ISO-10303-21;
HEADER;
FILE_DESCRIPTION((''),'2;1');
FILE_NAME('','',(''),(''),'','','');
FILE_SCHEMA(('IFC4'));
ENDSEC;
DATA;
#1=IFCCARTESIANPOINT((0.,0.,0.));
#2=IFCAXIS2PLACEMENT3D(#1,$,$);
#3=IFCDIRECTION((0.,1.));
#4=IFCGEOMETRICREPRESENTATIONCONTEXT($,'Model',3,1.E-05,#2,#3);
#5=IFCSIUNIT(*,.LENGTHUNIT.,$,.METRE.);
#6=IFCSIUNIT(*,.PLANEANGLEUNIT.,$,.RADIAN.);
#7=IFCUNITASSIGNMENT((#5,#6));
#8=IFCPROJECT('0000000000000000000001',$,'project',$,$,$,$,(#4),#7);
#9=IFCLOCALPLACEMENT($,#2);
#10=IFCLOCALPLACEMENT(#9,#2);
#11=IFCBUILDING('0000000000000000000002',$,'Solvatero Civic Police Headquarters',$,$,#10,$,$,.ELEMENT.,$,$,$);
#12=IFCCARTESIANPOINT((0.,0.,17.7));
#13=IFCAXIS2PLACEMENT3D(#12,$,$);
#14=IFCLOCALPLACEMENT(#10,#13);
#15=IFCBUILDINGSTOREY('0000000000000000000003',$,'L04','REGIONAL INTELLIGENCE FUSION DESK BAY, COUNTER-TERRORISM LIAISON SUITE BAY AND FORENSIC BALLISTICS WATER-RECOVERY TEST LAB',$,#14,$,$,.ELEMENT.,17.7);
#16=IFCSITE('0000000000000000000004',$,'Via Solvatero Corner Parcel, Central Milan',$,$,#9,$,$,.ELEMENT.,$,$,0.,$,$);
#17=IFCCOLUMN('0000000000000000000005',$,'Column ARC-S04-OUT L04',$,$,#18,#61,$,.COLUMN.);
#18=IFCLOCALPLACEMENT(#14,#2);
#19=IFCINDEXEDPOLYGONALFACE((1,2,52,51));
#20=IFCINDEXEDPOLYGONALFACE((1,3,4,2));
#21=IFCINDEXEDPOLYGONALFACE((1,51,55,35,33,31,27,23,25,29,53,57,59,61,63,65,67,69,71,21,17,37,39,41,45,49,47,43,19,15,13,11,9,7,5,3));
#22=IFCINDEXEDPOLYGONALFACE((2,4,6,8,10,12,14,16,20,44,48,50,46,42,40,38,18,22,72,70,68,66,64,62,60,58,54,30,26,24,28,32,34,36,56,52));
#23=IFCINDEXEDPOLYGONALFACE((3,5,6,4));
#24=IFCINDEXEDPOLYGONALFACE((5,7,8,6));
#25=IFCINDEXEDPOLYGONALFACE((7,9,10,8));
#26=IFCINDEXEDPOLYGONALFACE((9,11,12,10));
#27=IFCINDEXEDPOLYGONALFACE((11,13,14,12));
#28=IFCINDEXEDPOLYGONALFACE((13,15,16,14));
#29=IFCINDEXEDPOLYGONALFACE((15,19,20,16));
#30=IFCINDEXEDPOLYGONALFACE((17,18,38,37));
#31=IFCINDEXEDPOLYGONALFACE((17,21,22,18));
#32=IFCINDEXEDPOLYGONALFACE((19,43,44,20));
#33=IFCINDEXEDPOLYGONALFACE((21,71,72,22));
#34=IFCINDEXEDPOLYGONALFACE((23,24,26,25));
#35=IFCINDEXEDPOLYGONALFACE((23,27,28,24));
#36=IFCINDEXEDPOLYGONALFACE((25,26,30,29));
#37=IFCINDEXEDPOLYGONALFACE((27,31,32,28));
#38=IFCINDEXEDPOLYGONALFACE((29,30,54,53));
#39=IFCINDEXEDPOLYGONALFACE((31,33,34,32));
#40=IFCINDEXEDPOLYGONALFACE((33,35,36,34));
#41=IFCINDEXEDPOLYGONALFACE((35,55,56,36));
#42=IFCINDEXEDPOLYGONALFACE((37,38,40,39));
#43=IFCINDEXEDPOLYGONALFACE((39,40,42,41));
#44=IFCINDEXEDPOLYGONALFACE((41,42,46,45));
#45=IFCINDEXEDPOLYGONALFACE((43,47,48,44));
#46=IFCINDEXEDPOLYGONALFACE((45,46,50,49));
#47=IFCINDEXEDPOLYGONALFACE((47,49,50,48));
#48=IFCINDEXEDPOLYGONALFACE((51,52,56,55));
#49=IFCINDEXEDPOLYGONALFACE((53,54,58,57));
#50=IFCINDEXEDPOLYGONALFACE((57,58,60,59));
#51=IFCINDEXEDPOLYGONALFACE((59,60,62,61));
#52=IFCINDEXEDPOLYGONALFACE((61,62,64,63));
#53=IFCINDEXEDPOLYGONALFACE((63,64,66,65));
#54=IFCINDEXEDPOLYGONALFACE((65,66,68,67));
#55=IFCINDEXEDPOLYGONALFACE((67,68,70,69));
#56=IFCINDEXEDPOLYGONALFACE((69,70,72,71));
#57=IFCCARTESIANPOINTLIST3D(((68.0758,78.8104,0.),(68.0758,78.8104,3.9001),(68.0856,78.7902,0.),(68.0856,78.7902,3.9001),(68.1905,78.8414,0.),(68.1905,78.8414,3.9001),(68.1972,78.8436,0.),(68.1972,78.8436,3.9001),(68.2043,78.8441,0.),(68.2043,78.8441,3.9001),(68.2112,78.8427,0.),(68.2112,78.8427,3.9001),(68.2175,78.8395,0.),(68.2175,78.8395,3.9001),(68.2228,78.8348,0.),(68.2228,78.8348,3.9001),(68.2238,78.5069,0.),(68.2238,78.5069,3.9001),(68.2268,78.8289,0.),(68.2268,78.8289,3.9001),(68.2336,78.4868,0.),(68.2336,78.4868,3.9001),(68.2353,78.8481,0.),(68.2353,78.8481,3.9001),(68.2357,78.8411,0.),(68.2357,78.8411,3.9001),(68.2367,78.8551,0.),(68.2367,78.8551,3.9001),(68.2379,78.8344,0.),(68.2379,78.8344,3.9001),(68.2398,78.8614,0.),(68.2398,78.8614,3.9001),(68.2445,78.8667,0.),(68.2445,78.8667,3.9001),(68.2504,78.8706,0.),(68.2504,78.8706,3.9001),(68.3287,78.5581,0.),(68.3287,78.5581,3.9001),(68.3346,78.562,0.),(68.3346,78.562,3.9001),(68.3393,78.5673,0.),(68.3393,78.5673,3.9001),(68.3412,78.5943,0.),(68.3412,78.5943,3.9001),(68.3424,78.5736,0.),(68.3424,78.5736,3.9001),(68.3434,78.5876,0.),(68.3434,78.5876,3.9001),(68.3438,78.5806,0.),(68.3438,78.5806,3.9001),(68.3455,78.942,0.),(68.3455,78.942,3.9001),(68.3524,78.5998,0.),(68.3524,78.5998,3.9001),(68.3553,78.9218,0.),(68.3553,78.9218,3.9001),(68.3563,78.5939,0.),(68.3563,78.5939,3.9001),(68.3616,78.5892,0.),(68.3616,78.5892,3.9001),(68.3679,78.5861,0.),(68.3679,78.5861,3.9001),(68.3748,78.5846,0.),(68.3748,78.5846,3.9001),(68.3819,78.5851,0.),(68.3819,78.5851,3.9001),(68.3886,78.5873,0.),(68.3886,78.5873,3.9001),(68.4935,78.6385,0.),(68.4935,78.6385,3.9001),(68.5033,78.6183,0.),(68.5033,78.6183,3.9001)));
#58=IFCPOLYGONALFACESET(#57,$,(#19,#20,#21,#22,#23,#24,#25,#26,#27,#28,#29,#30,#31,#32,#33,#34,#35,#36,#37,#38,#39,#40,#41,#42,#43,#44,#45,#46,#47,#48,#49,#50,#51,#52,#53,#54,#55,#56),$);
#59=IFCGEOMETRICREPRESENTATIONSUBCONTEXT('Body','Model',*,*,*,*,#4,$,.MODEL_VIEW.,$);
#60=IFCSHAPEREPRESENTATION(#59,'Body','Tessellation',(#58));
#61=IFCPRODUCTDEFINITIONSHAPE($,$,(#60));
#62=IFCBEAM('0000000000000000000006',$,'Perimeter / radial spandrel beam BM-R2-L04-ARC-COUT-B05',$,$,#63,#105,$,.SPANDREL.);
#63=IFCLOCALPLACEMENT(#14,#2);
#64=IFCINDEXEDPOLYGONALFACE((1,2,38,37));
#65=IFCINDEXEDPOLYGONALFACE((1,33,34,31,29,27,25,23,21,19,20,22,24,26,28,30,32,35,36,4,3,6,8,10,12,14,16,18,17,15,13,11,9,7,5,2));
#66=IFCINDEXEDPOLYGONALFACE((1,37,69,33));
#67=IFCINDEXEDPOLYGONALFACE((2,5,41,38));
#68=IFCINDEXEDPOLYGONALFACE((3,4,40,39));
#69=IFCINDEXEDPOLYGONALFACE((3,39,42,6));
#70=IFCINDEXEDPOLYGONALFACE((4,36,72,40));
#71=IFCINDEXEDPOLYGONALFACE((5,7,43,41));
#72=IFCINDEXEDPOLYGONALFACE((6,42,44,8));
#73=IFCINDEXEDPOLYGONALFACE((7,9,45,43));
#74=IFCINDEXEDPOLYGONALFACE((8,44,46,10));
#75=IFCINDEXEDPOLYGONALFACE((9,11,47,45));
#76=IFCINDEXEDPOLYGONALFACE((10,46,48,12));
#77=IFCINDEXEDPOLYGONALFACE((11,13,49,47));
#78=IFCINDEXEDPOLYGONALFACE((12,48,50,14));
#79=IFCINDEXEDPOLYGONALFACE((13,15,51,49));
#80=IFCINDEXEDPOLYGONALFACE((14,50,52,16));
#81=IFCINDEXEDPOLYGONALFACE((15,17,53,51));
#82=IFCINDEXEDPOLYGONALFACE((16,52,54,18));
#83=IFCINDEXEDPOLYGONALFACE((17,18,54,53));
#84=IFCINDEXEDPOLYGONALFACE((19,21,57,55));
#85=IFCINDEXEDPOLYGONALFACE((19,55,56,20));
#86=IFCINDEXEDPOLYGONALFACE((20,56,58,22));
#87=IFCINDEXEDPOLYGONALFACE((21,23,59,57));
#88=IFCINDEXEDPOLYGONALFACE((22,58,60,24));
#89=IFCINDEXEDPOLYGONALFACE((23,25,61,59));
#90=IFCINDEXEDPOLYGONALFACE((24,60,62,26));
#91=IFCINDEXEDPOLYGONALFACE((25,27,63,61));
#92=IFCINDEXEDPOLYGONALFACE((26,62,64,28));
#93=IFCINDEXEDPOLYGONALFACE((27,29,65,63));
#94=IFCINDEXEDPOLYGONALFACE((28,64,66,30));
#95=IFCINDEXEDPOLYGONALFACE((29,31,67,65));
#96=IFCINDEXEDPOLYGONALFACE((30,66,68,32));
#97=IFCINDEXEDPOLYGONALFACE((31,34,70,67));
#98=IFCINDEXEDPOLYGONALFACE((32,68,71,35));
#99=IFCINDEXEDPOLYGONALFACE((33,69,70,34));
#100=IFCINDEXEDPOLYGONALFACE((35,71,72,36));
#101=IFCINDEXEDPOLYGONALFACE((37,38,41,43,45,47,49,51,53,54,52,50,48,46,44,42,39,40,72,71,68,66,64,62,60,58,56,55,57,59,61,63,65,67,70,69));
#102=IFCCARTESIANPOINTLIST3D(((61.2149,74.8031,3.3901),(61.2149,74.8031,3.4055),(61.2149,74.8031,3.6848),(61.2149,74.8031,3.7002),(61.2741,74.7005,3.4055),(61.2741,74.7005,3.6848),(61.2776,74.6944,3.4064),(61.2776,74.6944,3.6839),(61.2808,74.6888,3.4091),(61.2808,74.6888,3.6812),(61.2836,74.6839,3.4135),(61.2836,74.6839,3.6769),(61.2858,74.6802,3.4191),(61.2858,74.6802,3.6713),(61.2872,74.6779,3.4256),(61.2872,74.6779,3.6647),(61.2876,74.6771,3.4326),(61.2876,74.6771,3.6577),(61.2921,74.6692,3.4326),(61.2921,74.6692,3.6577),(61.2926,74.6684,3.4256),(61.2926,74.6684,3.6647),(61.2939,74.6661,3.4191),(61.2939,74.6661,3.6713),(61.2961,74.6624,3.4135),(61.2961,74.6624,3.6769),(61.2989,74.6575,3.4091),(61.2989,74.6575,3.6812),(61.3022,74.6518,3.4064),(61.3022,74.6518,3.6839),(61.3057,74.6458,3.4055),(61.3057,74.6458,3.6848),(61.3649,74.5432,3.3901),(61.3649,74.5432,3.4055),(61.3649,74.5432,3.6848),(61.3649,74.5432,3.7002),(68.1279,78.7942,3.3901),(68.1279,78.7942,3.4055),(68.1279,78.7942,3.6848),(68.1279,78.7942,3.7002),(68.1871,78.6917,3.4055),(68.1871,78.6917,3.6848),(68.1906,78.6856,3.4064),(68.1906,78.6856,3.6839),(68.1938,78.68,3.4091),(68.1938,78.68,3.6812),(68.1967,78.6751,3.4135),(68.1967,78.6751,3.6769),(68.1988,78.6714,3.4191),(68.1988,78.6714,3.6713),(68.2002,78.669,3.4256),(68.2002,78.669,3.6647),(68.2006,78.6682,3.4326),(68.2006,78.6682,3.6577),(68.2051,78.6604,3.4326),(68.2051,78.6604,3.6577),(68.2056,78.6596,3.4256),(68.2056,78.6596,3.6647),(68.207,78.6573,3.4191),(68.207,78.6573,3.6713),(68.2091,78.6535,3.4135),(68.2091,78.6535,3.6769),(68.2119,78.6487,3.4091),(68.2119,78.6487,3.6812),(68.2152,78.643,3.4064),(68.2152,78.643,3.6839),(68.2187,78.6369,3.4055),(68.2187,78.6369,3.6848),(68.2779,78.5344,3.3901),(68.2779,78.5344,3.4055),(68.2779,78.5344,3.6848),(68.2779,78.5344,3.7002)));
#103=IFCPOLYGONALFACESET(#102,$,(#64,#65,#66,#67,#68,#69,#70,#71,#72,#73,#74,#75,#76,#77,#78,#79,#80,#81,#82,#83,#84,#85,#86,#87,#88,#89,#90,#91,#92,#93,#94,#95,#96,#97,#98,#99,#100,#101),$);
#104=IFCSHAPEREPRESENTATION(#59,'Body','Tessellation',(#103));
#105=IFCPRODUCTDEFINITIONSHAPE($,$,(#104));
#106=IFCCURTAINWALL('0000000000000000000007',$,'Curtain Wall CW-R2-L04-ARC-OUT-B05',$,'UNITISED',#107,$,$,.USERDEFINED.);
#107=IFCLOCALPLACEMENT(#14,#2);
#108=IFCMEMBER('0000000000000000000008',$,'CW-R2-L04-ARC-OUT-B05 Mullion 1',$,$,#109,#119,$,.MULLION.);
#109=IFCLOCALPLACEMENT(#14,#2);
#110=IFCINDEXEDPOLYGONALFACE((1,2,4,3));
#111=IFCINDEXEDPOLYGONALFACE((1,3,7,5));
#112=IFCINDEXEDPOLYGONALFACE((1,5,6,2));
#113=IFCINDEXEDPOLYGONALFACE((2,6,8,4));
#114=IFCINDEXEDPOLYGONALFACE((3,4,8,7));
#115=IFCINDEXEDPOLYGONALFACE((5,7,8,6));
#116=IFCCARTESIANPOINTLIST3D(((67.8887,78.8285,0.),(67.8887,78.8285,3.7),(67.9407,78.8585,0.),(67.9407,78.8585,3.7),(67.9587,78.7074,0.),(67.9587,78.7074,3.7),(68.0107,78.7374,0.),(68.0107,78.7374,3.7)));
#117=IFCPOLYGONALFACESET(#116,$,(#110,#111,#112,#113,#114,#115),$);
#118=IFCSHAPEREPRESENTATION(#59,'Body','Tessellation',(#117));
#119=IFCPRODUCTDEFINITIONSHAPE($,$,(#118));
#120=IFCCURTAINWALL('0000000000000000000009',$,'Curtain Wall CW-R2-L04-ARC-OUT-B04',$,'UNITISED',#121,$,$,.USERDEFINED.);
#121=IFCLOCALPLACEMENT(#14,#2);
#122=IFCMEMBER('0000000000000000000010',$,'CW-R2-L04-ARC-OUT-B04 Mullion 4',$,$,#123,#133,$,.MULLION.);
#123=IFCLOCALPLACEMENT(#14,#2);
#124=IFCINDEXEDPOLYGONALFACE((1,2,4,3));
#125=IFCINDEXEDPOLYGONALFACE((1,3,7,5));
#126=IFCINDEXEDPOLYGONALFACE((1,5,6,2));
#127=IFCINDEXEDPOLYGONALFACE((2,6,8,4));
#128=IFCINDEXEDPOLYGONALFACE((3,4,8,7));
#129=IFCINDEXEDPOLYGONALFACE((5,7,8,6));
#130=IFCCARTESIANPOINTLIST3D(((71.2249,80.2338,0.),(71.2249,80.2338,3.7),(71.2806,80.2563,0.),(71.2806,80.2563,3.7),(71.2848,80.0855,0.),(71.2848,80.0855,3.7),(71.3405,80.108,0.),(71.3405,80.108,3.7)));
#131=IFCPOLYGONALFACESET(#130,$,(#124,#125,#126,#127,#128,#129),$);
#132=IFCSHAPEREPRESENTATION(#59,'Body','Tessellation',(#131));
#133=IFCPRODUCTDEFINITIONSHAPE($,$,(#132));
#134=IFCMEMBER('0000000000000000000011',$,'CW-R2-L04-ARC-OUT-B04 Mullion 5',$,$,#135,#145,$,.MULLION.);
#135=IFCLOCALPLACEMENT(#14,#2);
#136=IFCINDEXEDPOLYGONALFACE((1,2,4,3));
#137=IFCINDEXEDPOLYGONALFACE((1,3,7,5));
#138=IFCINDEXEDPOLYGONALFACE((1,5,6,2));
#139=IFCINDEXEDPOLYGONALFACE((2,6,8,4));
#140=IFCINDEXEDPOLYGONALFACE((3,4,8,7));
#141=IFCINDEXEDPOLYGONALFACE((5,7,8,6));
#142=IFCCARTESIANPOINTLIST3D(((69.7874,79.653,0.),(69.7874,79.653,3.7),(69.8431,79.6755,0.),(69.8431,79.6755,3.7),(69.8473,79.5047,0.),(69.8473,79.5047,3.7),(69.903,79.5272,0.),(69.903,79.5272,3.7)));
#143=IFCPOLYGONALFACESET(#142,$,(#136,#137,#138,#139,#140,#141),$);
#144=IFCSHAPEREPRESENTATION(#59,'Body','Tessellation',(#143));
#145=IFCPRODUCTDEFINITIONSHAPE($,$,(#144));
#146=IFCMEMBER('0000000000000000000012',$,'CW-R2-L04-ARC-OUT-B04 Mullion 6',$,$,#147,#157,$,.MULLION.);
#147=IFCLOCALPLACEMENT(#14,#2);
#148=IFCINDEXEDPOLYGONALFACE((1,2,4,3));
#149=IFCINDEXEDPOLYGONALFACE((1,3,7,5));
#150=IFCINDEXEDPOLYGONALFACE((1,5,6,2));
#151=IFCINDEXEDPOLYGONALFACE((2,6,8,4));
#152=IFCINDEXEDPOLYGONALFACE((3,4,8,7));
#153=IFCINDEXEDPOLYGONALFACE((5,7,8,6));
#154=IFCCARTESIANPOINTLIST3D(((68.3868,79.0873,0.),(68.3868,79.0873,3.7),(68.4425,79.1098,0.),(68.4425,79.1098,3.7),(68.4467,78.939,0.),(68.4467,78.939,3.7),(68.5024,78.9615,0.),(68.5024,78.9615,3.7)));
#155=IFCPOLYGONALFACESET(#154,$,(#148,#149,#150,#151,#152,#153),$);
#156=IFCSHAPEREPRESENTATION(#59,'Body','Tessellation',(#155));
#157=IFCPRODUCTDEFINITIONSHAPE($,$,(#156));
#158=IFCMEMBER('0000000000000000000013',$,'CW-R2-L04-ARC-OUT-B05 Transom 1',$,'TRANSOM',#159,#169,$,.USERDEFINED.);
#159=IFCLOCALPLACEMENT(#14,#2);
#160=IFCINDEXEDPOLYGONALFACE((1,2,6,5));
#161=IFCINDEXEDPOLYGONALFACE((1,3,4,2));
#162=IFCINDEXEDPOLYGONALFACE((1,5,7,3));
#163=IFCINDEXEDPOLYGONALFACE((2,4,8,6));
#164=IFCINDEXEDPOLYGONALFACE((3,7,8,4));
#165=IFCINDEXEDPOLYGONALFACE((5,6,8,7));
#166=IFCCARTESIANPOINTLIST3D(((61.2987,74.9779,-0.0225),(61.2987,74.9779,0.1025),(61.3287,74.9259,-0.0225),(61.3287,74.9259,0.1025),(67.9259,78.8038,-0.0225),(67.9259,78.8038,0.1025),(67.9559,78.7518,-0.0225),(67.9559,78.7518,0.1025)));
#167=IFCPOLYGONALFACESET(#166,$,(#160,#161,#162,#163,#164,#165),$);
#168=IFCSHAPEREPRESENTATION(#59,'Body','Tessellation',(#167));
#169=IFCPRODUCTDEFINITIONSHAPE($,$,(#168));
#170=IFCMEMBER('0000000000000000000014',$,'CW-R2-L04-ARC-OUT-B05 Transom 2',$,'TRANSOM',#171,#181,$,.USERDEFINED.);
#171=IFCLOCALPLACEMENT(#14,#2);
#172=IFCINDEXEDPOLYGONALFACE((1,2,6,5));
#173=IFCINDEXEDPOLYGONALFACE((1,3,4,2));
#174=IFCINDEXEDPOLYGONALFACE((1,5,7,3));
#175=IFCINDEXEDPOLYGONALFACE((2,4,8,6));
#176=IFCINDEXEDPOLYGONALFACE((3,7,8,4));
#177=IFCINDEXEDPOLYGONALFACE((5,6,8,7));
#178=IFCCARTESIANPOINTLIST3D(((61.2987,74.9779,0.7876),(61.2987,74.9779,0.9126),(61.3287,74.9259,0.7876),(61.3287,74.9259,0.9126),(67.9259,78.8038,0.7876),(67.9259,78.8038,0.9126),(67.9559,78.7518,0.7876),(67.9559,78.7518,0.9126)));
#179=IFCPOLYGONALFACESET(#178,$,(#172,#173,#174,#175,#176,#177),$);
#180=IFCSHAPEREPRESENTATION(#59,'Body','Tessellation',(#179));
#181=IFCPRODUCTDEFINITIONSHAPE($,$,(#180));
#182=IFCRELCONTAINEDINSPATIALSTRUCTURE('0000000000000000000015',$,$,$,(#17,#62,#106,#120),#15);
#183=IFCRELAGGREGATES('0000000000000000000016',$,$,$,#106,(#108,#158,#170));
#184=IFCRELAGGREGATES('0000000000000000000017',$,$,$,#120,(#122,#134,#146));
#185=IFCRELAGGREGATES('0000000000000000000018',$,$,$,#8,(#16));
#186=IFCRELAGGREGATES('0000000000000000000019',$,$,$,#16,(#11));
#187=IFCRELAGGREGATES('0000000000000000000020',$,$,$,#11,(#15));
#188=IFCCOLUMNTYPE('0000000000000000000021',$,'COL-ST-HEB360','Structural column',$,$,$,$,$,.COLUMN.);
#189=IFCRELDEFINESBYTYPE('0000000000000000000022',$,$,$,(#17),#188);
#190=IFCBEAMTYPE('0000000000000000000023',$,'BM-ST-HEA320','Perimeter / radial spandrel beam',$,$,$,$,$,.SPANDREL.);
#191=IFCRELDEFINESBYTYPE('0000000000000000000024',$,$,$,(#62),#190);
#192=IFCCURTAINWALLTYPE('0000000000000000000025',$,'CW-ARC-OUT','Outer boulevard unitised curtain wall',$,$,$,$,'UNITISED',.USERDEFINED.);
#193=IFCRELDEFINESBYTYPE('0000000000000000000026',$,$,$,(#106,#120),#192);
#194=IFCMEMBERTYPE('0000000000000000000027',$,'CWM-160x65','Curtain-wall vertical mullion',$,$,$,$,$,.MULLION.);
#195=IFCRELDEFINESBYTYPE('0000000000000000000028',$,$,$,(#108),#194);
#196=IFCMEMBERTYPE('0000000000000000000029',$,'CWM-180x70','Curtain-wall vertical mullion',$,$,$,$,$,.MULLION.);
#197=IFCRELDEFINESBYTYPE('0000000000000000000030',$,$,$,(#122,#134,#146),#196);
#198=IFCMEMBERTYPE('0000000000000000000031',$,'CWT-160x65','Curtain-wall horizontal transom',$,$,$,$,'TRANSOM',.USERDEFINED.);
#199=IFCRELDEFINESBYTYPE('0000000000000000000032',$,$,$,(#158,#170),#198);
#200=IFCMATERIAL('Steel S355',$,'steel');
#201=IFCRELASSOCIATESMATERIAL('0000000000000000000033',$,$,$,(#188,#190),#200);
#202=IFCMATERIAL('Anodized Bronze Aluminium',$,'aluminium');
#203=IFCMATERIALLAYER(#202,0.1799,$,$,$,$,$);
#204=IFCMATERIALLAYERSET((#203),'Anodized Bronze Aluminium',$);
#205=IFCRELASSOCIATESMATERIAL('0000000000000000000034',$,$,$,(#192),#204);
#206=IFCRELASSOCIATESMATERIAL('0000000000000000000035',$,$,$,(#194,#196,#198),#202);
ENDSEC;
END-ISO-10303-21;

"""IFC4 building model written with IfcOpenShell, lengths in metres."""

from ifc_helpers import new_model, si_unit, direction, frame, origin, origin_2d, place, context, subcontext, project, spatial, rectangle, i_section, extrude, material, layer, layer_set, material_profile, profile_set, type_object, element, aggregate, save


model = new_model("IFC4")

# Units and contexts
model_context = context("Model", 3, precision=1e-05, world=origin(), true_north=direction((0.0, 1.0)))
body_context = subcontext(model_context, "Body", "Model", "MODEL_VIEW")
ifc_project = project(units=[si_unit("LENGTHUNIT", "METRE"), si_unit("PLANEANGLEUNIT", "RADIAN")], contexts=[model_context])

# Site, building, storey
site_placement = place(None, origin())
site = spatial("IfcSite", under=ifc_project, at=site_placement, Name="Via Solvatero Corner Parcel, Central Milan", CompositionType="ELEMENT", RefElevation=0.0)
building_placement = place(site_placement, origin())
building = spatial("IfcBuilding", under=site, at=building_placement, Name="Solvatero Civic Police Headquarters", CompositionType="ELEMENT")
storey_placement = place(building_placement, frame((0.0, 0.0, 17.7)))
storey = spatial("IfcBuildingStorey", under=building, at=storey_placement, Name="L04", Description="REGIONAL INTELLIGENCE FUSION DESK BAY, COUNTER-TERRORISM LIAISON SUITE BAY AND FORENSIC BALLISTICS WATER-RECOVERY TEST LAB", CompositionType="ELEMENT", Elevation=17.7)

# Column
ifc_material_1 = material(Name="Steel S355", Category="steel")
ifc_material_profile_1 = material_profile(ifc_material_1, i_section(OverallWidth=0.3, OverallDepth=0.3601, WebThickness=0.0125, FlangeThickness=0.0225, FilletRadius=0.0271, at=origin_2d()), Name="HEB 360")
ifc_profile_set_1 = profile_set([ifc_material_profile_1], Name="Steel S355")
column_type = type_object("IfcColumnType", Name="COL-ST-HEB360", Description="Structural column", PredefinedType="COLUMN", material=ifc_profile_set_1)
column_placement = place(storey_placement, frame((68.2896, 78.7144, 0.0), z_axis=(0.0, 0.0, 1.0), x_axis=(0.898794, 0.438371, 0.0)))
element("IfcColumn", 1, at=column_placement, inside=storey, type_object=column_type, Name="Column ARC-S04-OUT L04", PredefinedType="COLUMN", context=body_context, shape_type="SweptSolid", body=[
    extrude(i_section(OverallWidth=0.3, OverallDepth=0.3601, WebThickness=0.0125, FlangeThickness=0.0225, FilletRadius=0.0271, at=origin_2d()), origin(), (0.0, 0.0, 1.0), 3.9001),
])

# Beam
ifc_material_profile_2 = material_profile(ifc_material_1, i_section(OverallWidth=0.3, OverallDepth=0.3101, WebThickness=0.009, FlangeThickness=0.0154, FilletRadius=0.0271, at=origin_2d()), Name="HEA 320")
ifc_profile_set_2 = profile_set([ifc_material_profile_2], Name="Steel S355")
beam_type = type_object("IfcBeamType", Name="BM-ST-HEA320", Description="Perimeter / radial spandrel beam", PredefinedType="SPANDREL", material=ifc_profile_set_2)
beam_placement = place(storey_placement, frame((68.2029, 78.6643, 3.5452), z_axis=(-0.866029, -0.499994, 0.0), x_axis=(0.499994, -0.866029, 0.0)))
element("IfcBeam", 2, at=beam_placement, inside=storey, type_object=beam_type, Name="Perimeter / radial spandrel beam BM-R2-L04-ARC-COUT-B05", PredefinedType="SPANDREL", context=body_context, shape_type="SweptSolid", body=[
    extrude(i_section(OverallWidth=0.3, OverallDepth=0.3101, WebThickness=0.009, FlangeThickness=0.0154, FilletRadius=0.0271, at=origin_2d()), origin(), (0.0, 0.0, 1.0), 7.9824),
])

# Curtain wall, member
ifc_material_2 = material(Name="Anodized Bronze Aluminium", Category="aluminium")
ifc_layer_1 = layer(ifc_material_2, 0.1799)
ifc_layer_set_1 = layer_set([ifc_layer_1], Name="Anodized Bronze Aluminium")
curtain_wall_type = type_object("IfcCurtainWallType", Name="CW-ARC-OUT", Description="Outer boulevard unitised curtain wall", ElementType="UNITISED", PredefinedType="USERDEFINED", material=ifc_layer_set_1)
curtain_wall_1_placement = place(storey_placement, origin())
curtain_wall_1 = element("IfcCurtainWall", 3, at=curtain_wall_1_placement, inside=storey, type_object=curtain_wall_type, Name="Curtain Wall CW-R2-L04-ARC-OUT-B05", ObjectType="UNITISED", PredefinedType="USERDEFINED")
ifc_material_profile_3 = material_profile(ifc_material_2, rectangle(XDim=0.0601, YDim=0.1399, at=origin_2d()), Name="ALU MULLION 60x140")
ifc_profile_set_3 = profile_set([ifc_material_profile_3], Name="Anodized Bronze Aluminium")
member_type_1 = type_object("IfcMemberType", Name="CWM-160x65", Description="Curtain-wall vertical mullion", PredefinedType="MULLION", material=ifc_profile_set_3)
member_1_placement = place(storey_placement, frame((67.9497, 78.783, 0.0), z_axis=(0.0, 0.0, 1.0), x_axis=(-0.866025, -0.5, 0.0)))
member_1 = element("IfcMember", 4, at=member_1_placement, type_object=member_type_1, Name="CW-R2-L04-ARC-OUT-B05 Mullion 1", PredefinedType="MULLION", context=body_context, shape_type="SweptSolid", body=[
    extrude(rectangle(XDim=0.0601, YDim=0.1399, at=origin_2d()), origin(), (0.0, 0.0, 1.0), 3.7),
])

# Curtain wall, members
curtain_wall_2_placement = place(storey_placement, origin())
curtain_wall_2 = element("IfcCurtainWall", 5, at=curtain_wall_2_placement, inside=storey, type_object=curtain_wall_type, Name="Curtain Wall CW-R2-L04-ARC-OUT-B04", ObjectType="UNITISED", PredefinedType="USERDEFINED")
ifc_material_profile_4 = material_profile(ifc_material_2, rectangle(XDim=0.0601, YDim=0.1599, at=origin_2d()), Name="ALU MULLION 60x160")
ifc_profile_set_4 = profile_set([ifc_material_profile_4], Name="Anodized Bronze Aluminium")
member_type_2 = type_object("IfcMemberType", Name="CWM-180x70", Description="Curtain-wall vertical mullion", PredefinedType="MULLION", material=ifc_profile_set_4)
member_2_placement = place(storey_placement, frame((71.2827, 80.1709, 0.0), z_axis=(0.0, 0.0, 1.0), x_axis=(-0.92719, -0.37459, 0.0)))
member_2 = element("IfcMember", 6, at=member_2_placement, type_object=member_type_2, Name="CW-R2-L04-ARC-OUT-B04 Mullion 4", PredefinedType="MULLION", context=body_context, shape_type="SweptSolid", body=[
    extrude(rectangle(XDim=0.0601, YDim=0.1599, at=origin_2d()), origin(), (0.0, 0.0, 1.0), 3.7),
])
member_3_placement = place(storey_placement, frame((69.8452, 79.5901, 0.0), z_axis=(0.0, 0.0, 1.0), x_axis=(-0.92719, -0.37459, 0.0)))
member_3 = element("IfcMember", 7, at=member_3_placement, type_object=member_type_2, Name="CW-R2-L04-ARC-OUT-B04 Mullion 5", PredefinedType="MULLION", context=body_context, shape_type="SweptSolid", body=[
    extrude(rectangle(XDim=0.0601, YDim=0.1599, at=origin_2d()), origin(), (0.0, 0.0, 1.0), 3.7),
])
member_4_placement = place(storey_placement, frame((68.4446, 79.0244, 0.0), z_axis=(0.0, 0.0, 1.0), x_axis=(-0.92719, -0.37459, 0.0)))
member_4 = element("IfcMember", 8, at=member_4_placement, type_object=member_type_2, Name="CW-R2-L04-ARC-OUT-B04 Mullion 6", PredefinedType="MULLION", context=body_context, shape_type="SweptSolid", body=[
    extrude(rectangle(XDim=0.0601, YDim=0.1599, at=origin_2d()), origin(), (0.0, 0.0, 1.0), 3.7),
])

# Members
ifc_material_profile_5 = material_profile(ifc_material_2, rectangle(XDim=0.0601, YDim=0.125, at=origin_2d()), Name="ALU TRANSOM 60x125")
ifc_profile_set_5 = profile_set([ifc_material_profile_5], Name="Anodized Bronze Aluminium")
member_type_3 = type_object("IfcMemberType", Name="CWT-160x65", Description="Curtain-wall horizontal transom", ElementType="TRANSOM", PredefinedType="USERDEFINED", material=ifc_profile_set_5)
member_5_placement = place(storey_placement, frame((67.9409, 78.7778, 0.04), z_axis=(-0.866042, -0.499972, 0.0), x_axis=(0.499972, -0.866042, 0.0)))
member_5 = element("IfcMember", 9, at=member_5_placement, type_object=member_type_3, Name="CW-R2-L04-ARC-OUT-B05 Transom 1", ObjectType="TRANSOM", PredefinedType="USERDEFINED", context=body_context, shape_type="SweptSolid", body=[
    extrude(rectangle(XDim=0.0601, YDim=0.125, at=origin_2d()), origin(), (0.0, 0.0, 1.0), 7.6523),
])
member_6_placement = place(storey_placement, frame((67.9409, 78.7778, 0.8501), z_axis=(-0.866042, -0.499972, 0.0), x_axis=(0.499972, -0.866042, 0.0)))
member_6 = element("IfcMember", 10, at=member_6_placement, type_object=member_type_3, Name="CW-R2-L04-ARC-OUT-B05 Transom 2", ObjectType="TRANSOM", PredefinedType="USERDEFINED", context=body_context, shape_type="SweptSolid", body=[
    extrude(rectangle(XDim=0.0601, YDim=0.125, at=origin_2d()), origin(), (0.0, 0.0, 1.0), 7.6523),
])
aggregate(curtain_wall_1, [member_1, member_5, member_6])

aggregate(curtain_wall_2, [member_2, member_3, member_4])

save(model, "model.ifc")
